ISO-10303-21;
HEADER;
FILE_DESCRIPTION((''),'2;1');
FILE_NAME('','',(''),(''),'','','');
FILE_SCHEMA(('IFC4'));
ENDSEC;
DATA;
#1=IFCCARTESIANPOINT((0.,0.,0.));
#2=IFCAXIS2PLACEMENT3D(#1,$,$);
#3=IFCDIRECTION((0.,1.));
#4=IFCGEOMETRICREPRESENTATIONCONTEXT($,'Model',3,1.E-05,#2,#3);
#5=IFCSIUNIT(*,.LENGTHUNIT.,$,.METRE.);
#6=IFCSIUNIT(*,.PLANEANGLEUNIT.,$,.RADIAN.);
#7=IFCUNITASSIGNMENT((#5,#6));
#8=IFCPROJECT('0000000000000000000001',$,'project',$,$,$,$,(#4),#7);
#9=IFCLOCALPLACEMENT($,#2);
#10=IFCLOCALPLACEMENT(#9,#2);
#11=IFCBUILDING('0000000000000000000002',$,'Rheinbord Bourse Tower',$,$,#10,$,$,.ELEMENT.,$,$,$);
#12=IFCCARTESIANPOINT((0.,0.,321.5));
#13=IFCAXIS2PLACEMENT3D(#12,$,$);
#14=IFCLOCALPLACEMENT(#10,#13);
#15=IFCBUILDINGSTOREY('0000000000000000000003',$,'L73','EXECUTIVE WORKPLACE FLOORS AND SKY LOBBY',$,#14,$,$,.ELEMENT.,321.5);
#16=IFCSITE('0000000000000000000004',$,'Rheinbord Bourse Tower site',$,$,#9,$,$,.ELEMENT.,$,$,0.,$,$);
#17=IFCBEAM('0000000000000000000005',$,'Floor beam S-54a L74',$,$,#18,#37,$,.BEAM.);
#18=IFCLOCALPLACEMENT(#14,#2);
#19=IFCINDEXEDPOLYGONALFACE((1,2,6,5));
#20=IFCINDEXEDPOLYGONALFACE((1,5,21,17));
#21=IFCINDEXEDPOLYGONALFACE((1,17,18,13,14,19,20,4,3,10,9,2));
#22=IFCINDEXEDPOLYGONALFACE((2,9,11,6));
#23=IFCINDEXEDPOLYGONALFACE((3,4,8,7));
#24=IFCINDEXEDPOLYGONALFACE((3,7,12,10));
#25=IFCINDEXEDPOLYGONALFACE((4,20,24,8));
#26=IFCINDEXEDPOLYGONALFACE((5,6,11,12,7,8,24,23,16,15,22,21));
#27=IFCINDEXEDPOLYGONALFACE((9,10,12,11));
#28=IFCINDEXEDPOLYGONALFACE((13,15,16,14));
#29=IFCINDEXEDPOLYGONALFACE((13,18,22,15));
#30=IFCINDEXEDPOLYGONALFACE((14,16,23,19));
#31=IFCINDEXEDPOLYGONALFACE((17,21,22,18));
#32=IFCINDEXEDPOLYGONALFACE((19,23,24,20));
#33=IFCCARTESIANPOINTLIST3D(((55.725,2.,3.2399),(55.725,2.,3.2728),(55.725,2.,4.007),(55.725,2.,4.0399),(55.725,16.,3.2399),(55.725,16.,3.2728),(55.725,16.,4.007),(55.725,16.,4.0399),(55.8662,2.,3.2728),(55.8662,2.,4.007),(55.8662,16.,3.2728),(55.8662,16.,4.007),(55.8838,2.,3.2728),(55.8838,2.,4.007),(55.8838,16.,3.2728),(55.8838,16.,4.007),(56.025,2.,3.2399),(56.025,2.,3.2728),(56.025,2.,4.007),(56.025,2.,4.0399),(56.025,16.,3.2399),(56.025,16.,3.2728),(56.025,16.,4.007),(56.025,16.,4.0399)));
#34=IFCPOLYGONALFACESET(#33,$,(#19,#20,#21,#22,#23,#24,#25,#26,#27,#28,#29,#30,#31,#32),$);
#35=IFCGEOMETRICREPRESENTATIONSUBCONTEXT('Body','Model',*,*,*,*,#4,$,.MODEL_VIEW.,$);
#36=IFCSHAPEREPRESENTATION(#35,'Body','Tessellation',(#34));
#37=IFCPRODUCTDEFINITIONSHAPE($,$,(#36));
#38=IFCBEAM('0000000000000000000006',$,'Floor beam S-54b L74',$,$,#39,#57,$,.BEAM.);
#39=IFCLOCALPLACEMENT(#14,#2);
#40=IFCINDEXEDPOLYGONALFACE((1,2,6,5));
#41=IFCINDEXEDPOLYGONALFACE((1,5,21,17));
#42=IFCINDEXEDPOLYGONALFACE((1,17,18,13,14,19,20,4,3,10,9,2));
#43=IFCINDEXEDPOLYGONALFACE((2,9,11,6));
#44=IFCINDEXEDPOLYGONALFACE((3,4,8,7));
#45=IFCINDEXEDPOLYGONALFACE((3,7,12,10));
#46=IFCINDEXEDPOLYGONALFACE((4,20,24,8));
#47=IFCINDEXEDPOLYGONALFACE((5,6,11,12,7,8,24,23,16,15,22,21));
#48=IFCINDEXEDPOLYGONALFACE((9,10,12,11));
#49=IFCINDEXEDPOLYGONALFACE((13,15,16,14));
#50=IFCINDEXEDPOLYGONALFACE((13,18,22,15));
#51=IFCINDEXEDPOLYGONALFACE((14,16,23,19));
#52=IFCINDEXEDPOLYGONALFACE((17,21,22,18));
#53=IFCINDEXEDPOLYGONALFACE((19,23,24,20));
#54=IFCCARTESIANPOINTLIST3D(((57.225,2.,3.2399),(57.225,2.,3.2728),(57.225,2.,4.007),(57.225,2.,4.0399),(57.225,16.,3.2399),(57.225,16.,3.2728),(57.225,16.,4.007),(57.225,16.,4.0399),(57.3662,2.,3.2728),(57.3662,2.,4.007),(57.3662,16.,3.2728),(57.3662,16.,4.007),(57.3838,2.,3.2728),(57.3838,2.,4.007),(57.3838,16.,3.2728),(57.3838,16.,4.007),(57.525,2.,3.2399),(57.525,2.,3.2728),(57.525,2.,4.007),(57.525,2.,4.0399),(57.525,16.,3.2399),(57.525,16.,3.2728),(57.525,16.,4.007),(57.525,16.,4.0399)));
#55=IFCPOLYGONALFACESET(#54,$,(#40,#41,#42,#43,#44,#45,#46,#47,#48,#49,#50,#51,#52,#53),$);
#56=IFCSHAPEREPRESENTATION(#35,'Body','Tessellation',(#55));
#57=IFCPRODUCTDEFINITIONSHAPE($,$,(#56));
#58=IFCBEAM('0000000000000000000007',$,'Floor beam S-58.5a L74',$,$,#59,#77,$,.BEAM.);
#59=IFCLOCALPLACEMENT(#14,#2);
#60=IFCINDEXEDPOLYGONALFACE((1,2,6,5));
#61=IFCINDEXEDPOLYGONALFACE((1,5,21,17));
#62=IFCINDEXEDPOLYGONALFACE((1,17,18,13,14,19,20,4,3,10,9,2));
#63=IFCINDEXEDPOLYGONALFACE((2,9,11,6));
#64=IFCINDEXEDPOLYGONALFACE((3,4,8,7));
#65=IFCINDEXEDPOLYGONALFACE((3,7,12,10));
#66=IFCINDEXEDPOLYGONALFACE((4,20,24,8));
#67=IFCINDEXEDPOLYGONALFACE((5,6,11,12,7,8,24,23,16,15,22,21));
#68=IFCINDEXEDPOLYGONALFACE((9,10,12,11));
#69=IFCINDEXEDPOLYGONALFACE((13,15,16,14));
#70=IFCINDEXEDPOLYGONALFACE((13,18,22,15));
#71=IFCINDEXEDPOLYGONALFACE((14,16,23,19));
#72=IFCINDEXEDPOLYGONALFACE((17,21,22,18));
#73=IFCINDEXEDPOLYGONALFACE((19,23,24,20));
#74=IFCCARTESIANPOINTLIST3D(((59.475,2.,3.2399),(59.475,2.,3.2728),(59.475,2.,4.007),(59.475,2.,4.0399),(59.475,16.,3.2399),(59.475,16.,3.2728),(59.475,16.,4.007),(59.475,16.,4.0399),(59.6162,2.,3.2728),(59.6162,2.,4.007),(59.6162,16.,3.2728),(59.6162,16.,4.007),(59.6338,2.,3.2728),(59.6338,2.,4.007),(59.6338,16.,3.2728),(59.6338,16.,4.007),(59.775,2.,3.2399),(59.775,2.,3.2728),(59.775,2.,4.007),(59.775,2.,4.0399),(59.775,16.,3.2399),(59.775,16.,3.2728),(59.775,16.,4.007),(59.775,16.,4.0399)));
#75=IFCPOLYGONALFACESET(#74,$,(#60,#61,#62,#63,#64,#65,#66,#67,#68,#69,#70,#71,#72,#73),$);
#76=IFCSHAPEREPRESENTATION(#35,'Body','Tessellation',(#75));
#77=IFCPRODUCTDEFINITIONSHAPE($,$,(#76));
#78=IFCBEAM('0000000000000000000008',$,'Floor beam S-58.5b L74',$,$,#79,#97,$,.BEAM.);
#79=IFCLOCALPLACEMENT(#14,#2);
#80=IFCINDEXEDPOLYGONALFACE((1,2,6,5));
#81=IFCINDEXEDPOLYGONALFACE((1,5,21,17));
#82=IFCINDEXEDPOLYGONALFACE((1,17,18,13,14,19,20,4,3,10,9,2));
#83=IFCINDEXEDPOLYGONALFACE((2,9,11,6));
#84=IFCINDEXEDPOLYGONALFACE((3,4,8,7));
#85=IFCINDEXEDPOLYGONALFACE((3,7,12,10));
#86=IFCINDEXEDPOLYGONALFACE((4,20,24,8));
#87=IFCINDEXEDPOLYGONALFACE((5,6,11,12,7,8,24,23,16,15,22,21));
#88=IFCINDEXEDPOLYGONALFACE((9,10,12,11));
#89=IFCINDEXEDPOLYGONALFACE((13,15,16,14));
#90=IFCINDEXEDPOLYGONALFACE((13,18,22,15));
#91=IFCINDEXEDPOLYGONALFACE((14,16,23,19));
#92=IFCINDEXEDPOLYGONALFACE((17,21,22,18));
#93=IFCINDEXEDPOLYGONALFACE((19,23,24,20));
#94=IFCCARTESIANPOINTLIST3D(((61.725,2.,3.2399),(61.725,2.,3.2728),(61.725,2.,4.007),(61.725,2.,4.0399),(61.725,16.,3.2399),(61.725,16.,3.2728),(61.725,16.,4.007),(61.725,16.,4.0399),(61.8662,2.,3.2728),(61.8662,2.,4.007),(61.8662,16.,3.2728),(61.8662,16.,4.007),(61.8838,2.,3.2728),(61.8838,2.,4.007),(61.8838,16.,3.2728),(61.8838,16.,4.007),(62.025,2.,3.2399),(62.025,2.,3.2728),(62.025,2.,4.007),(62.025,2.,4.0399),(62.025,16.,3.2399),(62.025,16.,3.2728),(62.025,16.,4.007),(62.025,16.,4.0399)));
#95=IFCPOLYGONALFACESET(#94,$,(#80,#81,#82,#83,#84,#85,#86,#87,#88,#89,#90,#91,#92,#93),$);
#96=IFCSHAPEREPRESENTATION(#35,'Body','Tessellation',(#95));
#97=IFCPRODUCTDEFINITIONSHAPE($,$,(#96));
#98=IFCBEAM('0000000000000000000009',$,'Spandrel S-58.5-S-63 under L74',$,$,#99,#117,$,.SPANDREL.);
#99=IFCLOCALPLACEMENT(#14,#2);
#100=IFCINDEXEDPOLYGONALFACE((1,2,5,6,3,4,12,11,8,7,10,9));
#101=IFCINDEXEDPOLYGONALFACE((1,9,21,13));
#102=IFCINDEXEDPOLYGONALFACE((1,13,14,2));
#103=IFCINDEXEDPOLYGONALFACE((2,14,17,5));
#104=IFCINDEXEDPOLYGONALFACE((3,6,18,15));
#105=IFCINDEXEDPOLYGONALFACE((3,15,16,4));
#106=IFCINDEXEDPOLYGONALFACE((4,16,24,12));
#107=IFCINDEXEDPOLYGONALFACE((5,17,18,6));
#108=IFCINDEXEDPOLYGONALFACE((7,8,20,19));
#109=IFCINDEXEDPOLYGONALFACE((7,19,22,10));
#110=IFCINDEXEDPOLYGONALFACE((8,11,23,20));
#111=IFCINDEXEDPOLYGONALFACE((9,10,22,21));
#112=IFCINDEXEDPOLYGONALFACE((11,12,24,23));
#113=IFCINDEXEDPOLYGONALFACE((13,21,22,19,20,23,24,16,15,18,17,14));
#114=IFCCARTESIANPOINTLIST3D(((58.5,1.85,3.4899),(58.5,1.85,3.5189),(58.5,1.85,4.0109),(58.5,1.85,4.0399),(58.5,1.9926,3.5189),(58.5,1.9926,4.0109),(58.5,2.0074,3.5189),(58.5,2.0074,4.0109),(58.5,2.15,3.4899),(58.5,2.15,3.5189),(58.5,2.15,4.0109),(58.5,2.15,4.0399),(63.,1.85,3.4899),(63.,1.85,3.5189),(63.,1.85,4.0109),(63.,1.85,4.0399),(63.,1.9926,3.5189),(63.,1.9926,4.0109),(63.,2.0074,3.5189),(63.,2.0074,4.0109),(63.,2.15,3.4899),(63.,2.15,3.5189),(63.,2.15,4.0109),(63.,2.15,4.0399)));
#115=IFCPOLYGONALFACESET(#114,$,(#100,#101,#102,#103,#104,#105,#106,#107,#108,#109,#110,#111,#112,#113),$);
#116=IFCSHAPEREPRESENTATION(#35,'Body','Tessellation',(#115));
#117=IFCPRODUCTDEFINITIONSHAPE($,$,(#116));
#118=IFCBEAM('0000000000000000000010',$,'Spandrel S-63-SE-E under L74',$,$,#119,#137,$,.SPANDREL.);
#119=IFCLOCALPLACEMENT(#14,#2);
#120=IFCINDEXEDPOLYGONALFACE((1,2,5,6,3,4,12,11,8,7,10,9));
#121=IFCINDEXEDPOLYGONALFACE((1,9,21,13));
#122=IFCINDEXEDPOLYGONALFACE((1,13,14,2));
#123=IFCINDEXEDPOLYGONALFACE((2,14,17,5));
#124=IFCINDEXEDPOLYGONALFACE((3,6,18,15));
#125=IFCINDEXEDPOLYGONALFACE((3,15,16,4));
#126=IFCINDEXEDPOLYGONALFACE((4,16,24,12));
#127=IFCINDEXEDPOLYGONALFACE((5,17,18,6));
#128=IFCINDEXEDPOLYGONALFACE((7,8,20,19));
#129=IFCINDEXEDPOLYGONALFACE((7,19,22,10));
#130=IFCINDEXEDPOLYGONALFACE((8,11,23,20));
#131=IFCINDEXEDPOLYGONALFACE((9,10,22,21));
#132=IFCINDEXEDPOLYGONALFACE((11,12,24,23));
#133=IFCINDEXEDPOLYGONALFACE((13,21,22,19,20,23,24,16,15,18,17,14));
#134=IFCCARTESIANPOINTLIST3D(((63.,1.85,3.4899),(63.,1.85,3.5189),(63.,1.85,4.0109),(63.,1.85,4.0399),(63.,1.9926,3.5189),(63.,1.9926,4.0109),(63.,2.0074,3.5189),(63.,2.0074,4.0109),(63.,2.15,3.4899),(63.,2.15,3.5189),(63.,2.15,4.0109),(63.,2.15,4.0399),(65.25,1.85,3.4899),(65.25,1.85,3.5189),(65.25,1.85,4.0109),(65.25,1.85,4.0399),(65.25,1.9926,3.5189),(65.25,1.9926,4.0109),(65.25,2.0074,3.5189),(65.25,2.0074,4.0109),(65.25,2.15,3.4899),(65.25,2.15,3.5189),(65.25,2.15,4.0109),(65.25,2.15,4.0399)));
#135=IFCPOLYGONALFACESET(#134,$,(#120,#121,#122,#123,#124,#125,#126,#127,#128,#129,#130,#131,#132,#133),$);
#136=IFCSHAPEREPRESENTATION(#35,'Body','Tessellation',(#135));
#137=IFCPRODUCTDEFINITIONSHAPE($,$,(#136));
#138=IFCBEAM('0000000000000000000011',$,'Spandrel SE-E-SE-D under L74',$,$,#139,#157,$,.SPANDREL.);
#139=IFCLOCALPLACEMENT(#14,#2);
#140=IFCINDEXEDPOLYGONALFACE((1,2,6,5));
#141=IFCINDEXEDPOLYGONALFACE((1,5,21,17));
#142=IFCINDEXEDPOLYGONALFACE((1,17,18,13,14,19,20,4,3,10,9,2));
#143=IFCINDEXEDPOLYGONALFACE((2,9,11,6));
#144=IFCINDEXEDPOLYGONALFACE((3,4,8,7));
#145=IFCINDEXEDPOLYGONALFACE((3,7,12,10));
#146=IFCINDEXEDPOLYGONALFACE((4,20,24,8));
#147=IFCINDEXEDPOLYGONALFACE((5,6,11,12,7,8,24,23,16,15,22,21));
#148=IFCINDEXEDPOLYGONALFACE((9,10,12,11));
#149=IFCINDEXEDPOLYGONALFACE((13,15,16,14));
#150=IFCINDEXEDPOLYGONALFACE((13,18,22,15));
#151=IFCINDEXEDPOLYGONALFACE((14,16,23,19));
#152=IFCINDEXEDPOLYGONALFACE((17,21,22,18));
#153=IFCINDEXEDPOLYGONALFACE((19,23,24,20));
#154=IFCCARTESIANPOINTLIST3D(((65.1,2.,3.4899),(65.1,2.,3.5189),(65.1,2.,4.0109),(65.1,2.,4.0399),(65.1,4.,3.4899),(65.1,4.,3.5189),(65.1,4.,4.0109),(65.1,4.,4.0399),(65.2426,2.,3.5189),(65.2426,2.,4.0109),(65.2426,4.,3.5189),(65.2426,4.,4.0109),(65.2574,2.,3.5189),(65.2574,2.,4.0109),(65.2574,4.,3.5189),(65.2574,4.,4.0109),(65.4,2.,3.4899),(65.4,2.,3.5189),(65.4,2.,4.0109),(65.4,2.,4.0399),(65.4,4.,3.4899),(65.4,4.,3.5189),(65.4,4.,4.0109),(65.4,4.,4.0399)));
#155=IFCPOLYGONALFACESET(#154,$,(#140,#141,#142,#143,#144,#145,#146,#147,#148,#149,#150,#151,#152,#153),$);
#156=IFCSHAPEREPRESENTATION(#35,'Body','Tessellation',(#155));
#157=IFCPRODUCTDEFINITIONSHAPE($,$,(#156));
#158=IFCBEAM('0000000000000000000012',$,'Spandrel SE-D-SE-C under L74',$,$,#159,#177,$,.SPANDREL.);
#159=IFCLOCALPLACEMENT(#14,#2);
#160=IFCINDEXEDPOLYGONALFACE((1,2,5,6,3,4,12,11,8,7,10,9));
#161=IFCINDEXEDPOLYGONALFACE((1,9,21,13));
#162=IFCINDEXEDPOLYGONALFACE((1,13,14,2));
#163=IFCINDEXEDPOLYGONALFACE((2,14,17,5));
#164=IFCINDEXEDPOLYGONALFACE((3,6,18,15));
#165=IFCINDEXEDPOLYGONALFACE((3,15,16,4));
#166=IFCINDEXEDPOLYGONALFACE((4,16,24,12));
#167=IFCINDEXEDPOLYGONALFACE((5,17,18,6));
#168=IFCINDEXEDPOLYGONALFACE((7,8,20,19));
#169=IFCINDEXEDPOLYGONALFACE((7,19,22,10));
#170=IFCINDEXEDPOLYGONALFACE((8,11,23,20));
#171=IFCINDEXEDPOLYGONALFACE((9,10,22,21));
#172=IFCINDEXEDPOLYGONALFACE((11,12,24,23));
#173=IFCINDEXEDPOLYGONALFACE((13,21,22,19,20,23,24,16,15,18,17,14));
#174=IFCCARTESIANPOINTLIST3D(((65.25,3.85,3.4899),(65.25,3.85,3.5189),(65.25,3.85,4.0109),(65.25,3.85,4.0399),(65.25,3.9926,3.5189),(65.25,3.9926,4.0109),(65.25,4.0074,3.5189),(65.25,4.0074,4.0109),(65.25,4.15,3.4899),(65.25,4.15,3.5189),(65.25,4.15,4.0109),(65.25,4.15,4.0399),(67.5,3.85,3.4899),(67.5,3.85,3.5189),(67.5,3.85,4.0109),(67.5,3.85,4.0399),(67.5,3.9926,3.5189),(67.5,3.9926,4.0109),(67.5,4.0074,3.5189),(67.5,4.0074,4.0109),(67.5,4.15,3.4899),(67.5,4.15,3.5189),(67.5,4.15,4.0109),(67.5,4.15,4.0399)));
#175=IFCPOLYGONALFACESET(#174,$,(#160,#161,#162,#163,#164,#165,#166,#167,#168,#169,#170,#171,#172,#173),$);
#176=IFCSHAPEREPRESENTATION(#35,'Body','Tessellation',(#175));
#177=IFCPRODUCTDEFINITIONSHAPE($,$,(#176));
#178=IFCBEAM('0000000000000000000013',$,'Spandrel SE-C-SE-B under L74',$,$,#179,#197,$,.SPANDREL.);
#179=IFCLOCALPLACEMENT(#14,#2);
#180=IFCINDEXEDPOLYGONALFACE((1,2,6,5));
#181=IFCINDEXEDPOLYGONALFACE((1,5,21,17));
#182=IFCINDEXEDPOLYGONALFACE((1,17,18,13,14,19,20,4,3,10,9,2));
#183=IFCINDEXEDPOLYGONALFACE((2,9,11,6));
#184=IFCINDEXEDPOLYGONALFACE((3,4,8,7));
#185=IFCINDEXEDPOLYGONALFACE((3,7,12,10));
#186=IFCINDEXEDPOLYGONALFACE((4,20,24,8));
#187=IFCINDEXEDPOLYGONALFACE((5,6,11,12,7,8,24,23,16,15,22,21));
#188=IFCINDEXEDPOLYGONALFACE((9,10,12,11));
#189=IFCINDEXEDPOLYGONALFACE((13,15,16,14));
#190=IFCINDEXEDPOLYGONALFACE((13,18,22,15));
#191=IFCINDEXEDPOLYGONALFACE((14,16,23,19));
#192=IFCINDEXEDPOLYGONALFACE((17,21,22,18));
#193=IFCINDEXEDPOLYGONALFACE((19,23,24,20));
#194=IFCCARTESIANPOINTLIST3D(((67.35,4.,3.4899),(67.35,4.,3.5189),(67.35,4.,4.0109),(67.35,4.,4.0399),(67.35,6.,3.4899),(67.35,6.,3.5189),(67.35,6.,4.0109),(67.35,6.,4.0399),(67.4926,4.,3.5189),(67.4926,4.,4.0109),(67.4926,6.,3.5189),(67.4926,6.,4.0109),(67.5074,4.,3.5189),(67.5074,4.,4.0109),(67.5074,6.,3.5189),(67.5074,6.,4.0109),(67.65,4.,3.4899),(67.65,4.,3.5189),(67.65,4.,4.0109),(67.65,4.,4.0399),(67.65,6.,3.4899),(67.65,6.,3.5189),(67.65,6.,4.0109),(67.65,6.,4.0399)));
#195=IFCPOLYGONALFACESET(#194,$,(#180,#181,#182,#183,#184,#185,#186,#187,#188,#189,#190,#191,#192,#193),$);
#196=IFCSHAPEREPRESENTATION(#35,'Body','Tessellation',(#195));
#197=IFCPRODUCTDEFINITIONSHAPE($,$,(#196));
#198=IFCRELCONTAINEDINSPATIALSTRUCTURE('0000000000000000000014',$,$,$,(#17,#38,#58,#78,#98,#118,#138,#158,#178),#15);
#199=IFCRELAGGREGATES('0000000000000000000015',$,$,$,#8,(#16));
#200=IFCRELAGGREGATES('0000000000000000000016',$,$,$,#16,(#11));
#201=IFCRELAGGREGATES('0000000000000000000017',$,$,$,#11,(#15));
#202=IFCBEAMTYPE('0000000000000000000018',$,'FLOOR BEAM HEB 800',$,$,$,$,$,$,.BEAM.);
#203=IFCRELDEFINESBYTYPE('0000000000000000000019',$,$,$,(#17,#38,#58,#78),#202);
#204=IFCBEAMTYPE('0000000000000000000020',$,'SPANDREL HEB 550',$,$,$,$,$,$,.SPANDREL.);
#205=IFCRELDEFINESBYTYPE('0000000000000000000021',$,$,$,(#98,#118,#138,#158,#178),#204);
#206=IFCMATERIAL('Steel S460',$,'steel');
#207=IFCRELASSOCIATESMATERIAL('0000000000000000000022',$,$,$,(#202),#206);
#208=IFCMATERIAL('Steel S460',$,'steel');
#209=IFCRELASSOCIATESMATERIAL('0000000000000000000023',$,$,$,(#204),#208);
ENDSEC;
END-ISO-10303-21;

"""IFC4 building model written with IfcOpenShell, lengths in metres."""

from ifc_helpers import new_model, si_unit, direction, frame, origin, origin_2d, place, context, subcontext, project, spatial, i_section, extrude, material, material_profile, profile_set, type_object, element, save


model = new_model("IFC4")

# Units and contexts
model_context = context("Model", 3, precision=1e-05, world=origin(), true_north=direction((0.0, 1.0)))
body_context = subcontext(model_context, "Body", "Model", "MODEL_VIEW")
ifc_project = project(units=[si_unit("LENGTHUNIT", "METRE"), si_unit("PLANEANGLEUNIT", "RADIAN")], contexts=[model_context])

# Site, building, storey
site_placement = place(None, origin())
site = spatial("IfcSite", under=ifc_project, at=site_placement, Name="Rheinbord Bourse Tower site", CompositionType="ELEMENT", RefElevation=0.0)
building_placement = place(site_placement, origin())
building = spatial("IfcBuilding", under=site, at=building_placement, Name="Rheinbord Bourse Tower", CompositionType="ELEMENT")
storey_placement = place(building_placement, frame((0.0, 0.0, 321.5)))
storey = spatial("IfcBuildingStorey", under=building, at=storey_placement, Name="L73", Description="EXECUTIVE WORKPLACE FLOORS AND SKY LOBBY", CompositionType="ELEMENT", Elevation=321.5)

# Beams
ifc_material_1 = material(Name="Steel S460", Category="steel")
ifc_material_profile_1 = material_profile(ifc_material_1, i_section(OverallWidth=0.3, OverallDepth=0.8, WebThickness=0.0176, FlangeThickness=0.033, at=origin_2d()), Name="HEB 800")
ifc_profile_set_1 = profile_set([ifc_material_profile_1], Name="Steel S460")
beam_type_1 = type_object("IfcBeamType", Name="FLOOR BEAM HEB 800", PredefinedType="BEAM", material=ifc_profile_set_1)
for number, where, z_axis, x_axis, name in (
    (1, (55.875, 2.0, 3.6399), (0.0, 1.0, 0.0), (-1.0, 0.0, 0.0), "Floor beam S-54a L74"),
    (2, (57.375, 2.0, 3.6399), (0.0, 1.0, 0.0), (-1.0, 0.0, 0.0), "Floor beam S-54b L74"),
    (3, (59.625, 2.0, 3.6399), (0.0, 1.0, 0.0), (-1.0, 0.0, 0.0), "Floor beam S-58.5a L74"),
    (4, (61.875, 2.0, 3.6399), (0.0, 1.0, 0.0), (-1.0, 0.0, 0.0), "Floor beam S-58.5b L74"),
):
    element("IfcBeam", number, at=place(storey_placement, frame(where, z_axis=z_axis, x_axis=x_axis)), inside=storey, type_object=beam_type_1, Name=name, PredefinedType="BEAM", context=body_context, shape_type="SweptSolid", body=[
        extrude(i_section(OverallWidth=0.3, OverallDepth=0.8, WebThickness=0.0176, FlangeThickness=0.033, at=origin_2d()), origin(), (0.0, 0.0, 1.0), 14.0),
    ])
ifc_material_2 = material(Name="Steel S460", Category="steel")
ifc_material_profile_2 = material_profile(ifc_material_2, i_section(OverallWidth=0.3, OverallDepth=0.55, WebThickness=0.0149, FlangeThickness=0.0291, at=origin_2d()), Name="HEB 550")
ifc_profile_set_2 = profile_set([ifc_material_profile_2], Name="Steel S460")
beam_type_2 = type_object("IfcBeamType", Name="SPANDREL HEB 550", PredefinedType="SPANDREL", material=ifc_profile_set_2)
beam_1_placement = place(storey_placement, frame((58.5, 2.0, 3.7649), z_axis=(1.0, 0.0, 0.0), x_axis=(0.0, 1.0, 0.0)))
element("IfcBeam", 5, at=beam_1_placement, inside=storey, type_object=beam_type_2, Name="Spandrel S-58.5-S-63 under L74", PredefinedType="SPANDREL", context=body_context, shape_type="SweptSolid", body=[
    extrude(i_section(OverallWidth=0.3, OverallDepth=0.55, WebThickness=0.0149, FlangeThickness=0.0291, at=origin_2d()), origin(), (0.0, 0.0, 1.0), 4.5),
])
beam_2_placement = place(storey_placement, frame((63.0, 2.0, 3.7649), z_axis=(1.0, 0.0, 0.0), x_axis=(0.0, 1.0, 0.0)))
element("IfcBeam", 6, at=beam_2_placement, inside=storey, type_object=beam_type_2, Name="Spandrel S-63-SE-E under L74", PredefinedType="SPANDREL", context=body_context, shape_type="SweptSolid", body=[
    extrude(i_section(OverallWidth=0.3, OverallDepth=0.55, WebThickness=0.0149, FlangeThickness=0.0291, at=origin_2d()), origin(), (0.0, 0.0, 1.0), 2.25),
])
beam_3_placement = place(storey_placement, frame((65.25, 2.0, 3.7649), z_axis=(0.0, 1.0, 0.0), x_axis=(-1.0, 0.0, 0.0)))
element("IfcBeam", 7, at=beam_3_placement, inside=storey, type_object=beam_type_2, Name="Spandrel SE-E-SE-D under L74", PredefinedType="SPANDREL", context=body_context, shape_type="SweptSolid", body=[
    extrude(i_section(OverallWidth=0.3, OverallDepth=0.55, WebThickness=0.0149, FlangeThickness=0.0291, at=origin_2d()), origin(), (0.0, 0.0, 1.0), 2.0),
])
beam_4_placement = place(storey_placement, frame((65.25, 4.0, 3.7649), z_axis=(1.0, 0.0, 0.0), x_axis=(0.0, 1.0, 0.0)))
element("IfcBeam", 8, at=beam_4_placement, inside=storey, type_object=beam_type_2, Name="Spandrel SE-D-SE-C under L74", PredefinedType="SPANDREL", context=body_context, shape_type="SweptSolid", body=[
    extrude(i_section(OverallWidth=0.3, OverallDepth=0.55, WebThickness=0.0149, FlangeThickness=0.0291, at=origin_2d()), origin(), (0.0, 0.0, 1.0), 2.25),
])
beam_5_placement = place(storey_placement, frame((67.5, 4.0, 3.7649), z_axis=(0.0, 1.0, 0.0), x_axis=(-1.0, 0.0, 0.0)))
element("IfcBeam", 9, at=beam_5_placement, inside=storey, type_object=beam_type_2, Name="Spandrel SE-C-SE-B under L74", PredefinedType="SPANDREL", context=body_context, shape_type="SweptSolid", body=[
    extrude(i_section(OverallWidth=0.3, OverallDepth=0.55, WebThickness=0.0149, FlangeThickness=0.0291, at=origin_2d()), origin(), (0.0, 0.0, 1.0), 2.0),
])

save(model, "model.ifc")
